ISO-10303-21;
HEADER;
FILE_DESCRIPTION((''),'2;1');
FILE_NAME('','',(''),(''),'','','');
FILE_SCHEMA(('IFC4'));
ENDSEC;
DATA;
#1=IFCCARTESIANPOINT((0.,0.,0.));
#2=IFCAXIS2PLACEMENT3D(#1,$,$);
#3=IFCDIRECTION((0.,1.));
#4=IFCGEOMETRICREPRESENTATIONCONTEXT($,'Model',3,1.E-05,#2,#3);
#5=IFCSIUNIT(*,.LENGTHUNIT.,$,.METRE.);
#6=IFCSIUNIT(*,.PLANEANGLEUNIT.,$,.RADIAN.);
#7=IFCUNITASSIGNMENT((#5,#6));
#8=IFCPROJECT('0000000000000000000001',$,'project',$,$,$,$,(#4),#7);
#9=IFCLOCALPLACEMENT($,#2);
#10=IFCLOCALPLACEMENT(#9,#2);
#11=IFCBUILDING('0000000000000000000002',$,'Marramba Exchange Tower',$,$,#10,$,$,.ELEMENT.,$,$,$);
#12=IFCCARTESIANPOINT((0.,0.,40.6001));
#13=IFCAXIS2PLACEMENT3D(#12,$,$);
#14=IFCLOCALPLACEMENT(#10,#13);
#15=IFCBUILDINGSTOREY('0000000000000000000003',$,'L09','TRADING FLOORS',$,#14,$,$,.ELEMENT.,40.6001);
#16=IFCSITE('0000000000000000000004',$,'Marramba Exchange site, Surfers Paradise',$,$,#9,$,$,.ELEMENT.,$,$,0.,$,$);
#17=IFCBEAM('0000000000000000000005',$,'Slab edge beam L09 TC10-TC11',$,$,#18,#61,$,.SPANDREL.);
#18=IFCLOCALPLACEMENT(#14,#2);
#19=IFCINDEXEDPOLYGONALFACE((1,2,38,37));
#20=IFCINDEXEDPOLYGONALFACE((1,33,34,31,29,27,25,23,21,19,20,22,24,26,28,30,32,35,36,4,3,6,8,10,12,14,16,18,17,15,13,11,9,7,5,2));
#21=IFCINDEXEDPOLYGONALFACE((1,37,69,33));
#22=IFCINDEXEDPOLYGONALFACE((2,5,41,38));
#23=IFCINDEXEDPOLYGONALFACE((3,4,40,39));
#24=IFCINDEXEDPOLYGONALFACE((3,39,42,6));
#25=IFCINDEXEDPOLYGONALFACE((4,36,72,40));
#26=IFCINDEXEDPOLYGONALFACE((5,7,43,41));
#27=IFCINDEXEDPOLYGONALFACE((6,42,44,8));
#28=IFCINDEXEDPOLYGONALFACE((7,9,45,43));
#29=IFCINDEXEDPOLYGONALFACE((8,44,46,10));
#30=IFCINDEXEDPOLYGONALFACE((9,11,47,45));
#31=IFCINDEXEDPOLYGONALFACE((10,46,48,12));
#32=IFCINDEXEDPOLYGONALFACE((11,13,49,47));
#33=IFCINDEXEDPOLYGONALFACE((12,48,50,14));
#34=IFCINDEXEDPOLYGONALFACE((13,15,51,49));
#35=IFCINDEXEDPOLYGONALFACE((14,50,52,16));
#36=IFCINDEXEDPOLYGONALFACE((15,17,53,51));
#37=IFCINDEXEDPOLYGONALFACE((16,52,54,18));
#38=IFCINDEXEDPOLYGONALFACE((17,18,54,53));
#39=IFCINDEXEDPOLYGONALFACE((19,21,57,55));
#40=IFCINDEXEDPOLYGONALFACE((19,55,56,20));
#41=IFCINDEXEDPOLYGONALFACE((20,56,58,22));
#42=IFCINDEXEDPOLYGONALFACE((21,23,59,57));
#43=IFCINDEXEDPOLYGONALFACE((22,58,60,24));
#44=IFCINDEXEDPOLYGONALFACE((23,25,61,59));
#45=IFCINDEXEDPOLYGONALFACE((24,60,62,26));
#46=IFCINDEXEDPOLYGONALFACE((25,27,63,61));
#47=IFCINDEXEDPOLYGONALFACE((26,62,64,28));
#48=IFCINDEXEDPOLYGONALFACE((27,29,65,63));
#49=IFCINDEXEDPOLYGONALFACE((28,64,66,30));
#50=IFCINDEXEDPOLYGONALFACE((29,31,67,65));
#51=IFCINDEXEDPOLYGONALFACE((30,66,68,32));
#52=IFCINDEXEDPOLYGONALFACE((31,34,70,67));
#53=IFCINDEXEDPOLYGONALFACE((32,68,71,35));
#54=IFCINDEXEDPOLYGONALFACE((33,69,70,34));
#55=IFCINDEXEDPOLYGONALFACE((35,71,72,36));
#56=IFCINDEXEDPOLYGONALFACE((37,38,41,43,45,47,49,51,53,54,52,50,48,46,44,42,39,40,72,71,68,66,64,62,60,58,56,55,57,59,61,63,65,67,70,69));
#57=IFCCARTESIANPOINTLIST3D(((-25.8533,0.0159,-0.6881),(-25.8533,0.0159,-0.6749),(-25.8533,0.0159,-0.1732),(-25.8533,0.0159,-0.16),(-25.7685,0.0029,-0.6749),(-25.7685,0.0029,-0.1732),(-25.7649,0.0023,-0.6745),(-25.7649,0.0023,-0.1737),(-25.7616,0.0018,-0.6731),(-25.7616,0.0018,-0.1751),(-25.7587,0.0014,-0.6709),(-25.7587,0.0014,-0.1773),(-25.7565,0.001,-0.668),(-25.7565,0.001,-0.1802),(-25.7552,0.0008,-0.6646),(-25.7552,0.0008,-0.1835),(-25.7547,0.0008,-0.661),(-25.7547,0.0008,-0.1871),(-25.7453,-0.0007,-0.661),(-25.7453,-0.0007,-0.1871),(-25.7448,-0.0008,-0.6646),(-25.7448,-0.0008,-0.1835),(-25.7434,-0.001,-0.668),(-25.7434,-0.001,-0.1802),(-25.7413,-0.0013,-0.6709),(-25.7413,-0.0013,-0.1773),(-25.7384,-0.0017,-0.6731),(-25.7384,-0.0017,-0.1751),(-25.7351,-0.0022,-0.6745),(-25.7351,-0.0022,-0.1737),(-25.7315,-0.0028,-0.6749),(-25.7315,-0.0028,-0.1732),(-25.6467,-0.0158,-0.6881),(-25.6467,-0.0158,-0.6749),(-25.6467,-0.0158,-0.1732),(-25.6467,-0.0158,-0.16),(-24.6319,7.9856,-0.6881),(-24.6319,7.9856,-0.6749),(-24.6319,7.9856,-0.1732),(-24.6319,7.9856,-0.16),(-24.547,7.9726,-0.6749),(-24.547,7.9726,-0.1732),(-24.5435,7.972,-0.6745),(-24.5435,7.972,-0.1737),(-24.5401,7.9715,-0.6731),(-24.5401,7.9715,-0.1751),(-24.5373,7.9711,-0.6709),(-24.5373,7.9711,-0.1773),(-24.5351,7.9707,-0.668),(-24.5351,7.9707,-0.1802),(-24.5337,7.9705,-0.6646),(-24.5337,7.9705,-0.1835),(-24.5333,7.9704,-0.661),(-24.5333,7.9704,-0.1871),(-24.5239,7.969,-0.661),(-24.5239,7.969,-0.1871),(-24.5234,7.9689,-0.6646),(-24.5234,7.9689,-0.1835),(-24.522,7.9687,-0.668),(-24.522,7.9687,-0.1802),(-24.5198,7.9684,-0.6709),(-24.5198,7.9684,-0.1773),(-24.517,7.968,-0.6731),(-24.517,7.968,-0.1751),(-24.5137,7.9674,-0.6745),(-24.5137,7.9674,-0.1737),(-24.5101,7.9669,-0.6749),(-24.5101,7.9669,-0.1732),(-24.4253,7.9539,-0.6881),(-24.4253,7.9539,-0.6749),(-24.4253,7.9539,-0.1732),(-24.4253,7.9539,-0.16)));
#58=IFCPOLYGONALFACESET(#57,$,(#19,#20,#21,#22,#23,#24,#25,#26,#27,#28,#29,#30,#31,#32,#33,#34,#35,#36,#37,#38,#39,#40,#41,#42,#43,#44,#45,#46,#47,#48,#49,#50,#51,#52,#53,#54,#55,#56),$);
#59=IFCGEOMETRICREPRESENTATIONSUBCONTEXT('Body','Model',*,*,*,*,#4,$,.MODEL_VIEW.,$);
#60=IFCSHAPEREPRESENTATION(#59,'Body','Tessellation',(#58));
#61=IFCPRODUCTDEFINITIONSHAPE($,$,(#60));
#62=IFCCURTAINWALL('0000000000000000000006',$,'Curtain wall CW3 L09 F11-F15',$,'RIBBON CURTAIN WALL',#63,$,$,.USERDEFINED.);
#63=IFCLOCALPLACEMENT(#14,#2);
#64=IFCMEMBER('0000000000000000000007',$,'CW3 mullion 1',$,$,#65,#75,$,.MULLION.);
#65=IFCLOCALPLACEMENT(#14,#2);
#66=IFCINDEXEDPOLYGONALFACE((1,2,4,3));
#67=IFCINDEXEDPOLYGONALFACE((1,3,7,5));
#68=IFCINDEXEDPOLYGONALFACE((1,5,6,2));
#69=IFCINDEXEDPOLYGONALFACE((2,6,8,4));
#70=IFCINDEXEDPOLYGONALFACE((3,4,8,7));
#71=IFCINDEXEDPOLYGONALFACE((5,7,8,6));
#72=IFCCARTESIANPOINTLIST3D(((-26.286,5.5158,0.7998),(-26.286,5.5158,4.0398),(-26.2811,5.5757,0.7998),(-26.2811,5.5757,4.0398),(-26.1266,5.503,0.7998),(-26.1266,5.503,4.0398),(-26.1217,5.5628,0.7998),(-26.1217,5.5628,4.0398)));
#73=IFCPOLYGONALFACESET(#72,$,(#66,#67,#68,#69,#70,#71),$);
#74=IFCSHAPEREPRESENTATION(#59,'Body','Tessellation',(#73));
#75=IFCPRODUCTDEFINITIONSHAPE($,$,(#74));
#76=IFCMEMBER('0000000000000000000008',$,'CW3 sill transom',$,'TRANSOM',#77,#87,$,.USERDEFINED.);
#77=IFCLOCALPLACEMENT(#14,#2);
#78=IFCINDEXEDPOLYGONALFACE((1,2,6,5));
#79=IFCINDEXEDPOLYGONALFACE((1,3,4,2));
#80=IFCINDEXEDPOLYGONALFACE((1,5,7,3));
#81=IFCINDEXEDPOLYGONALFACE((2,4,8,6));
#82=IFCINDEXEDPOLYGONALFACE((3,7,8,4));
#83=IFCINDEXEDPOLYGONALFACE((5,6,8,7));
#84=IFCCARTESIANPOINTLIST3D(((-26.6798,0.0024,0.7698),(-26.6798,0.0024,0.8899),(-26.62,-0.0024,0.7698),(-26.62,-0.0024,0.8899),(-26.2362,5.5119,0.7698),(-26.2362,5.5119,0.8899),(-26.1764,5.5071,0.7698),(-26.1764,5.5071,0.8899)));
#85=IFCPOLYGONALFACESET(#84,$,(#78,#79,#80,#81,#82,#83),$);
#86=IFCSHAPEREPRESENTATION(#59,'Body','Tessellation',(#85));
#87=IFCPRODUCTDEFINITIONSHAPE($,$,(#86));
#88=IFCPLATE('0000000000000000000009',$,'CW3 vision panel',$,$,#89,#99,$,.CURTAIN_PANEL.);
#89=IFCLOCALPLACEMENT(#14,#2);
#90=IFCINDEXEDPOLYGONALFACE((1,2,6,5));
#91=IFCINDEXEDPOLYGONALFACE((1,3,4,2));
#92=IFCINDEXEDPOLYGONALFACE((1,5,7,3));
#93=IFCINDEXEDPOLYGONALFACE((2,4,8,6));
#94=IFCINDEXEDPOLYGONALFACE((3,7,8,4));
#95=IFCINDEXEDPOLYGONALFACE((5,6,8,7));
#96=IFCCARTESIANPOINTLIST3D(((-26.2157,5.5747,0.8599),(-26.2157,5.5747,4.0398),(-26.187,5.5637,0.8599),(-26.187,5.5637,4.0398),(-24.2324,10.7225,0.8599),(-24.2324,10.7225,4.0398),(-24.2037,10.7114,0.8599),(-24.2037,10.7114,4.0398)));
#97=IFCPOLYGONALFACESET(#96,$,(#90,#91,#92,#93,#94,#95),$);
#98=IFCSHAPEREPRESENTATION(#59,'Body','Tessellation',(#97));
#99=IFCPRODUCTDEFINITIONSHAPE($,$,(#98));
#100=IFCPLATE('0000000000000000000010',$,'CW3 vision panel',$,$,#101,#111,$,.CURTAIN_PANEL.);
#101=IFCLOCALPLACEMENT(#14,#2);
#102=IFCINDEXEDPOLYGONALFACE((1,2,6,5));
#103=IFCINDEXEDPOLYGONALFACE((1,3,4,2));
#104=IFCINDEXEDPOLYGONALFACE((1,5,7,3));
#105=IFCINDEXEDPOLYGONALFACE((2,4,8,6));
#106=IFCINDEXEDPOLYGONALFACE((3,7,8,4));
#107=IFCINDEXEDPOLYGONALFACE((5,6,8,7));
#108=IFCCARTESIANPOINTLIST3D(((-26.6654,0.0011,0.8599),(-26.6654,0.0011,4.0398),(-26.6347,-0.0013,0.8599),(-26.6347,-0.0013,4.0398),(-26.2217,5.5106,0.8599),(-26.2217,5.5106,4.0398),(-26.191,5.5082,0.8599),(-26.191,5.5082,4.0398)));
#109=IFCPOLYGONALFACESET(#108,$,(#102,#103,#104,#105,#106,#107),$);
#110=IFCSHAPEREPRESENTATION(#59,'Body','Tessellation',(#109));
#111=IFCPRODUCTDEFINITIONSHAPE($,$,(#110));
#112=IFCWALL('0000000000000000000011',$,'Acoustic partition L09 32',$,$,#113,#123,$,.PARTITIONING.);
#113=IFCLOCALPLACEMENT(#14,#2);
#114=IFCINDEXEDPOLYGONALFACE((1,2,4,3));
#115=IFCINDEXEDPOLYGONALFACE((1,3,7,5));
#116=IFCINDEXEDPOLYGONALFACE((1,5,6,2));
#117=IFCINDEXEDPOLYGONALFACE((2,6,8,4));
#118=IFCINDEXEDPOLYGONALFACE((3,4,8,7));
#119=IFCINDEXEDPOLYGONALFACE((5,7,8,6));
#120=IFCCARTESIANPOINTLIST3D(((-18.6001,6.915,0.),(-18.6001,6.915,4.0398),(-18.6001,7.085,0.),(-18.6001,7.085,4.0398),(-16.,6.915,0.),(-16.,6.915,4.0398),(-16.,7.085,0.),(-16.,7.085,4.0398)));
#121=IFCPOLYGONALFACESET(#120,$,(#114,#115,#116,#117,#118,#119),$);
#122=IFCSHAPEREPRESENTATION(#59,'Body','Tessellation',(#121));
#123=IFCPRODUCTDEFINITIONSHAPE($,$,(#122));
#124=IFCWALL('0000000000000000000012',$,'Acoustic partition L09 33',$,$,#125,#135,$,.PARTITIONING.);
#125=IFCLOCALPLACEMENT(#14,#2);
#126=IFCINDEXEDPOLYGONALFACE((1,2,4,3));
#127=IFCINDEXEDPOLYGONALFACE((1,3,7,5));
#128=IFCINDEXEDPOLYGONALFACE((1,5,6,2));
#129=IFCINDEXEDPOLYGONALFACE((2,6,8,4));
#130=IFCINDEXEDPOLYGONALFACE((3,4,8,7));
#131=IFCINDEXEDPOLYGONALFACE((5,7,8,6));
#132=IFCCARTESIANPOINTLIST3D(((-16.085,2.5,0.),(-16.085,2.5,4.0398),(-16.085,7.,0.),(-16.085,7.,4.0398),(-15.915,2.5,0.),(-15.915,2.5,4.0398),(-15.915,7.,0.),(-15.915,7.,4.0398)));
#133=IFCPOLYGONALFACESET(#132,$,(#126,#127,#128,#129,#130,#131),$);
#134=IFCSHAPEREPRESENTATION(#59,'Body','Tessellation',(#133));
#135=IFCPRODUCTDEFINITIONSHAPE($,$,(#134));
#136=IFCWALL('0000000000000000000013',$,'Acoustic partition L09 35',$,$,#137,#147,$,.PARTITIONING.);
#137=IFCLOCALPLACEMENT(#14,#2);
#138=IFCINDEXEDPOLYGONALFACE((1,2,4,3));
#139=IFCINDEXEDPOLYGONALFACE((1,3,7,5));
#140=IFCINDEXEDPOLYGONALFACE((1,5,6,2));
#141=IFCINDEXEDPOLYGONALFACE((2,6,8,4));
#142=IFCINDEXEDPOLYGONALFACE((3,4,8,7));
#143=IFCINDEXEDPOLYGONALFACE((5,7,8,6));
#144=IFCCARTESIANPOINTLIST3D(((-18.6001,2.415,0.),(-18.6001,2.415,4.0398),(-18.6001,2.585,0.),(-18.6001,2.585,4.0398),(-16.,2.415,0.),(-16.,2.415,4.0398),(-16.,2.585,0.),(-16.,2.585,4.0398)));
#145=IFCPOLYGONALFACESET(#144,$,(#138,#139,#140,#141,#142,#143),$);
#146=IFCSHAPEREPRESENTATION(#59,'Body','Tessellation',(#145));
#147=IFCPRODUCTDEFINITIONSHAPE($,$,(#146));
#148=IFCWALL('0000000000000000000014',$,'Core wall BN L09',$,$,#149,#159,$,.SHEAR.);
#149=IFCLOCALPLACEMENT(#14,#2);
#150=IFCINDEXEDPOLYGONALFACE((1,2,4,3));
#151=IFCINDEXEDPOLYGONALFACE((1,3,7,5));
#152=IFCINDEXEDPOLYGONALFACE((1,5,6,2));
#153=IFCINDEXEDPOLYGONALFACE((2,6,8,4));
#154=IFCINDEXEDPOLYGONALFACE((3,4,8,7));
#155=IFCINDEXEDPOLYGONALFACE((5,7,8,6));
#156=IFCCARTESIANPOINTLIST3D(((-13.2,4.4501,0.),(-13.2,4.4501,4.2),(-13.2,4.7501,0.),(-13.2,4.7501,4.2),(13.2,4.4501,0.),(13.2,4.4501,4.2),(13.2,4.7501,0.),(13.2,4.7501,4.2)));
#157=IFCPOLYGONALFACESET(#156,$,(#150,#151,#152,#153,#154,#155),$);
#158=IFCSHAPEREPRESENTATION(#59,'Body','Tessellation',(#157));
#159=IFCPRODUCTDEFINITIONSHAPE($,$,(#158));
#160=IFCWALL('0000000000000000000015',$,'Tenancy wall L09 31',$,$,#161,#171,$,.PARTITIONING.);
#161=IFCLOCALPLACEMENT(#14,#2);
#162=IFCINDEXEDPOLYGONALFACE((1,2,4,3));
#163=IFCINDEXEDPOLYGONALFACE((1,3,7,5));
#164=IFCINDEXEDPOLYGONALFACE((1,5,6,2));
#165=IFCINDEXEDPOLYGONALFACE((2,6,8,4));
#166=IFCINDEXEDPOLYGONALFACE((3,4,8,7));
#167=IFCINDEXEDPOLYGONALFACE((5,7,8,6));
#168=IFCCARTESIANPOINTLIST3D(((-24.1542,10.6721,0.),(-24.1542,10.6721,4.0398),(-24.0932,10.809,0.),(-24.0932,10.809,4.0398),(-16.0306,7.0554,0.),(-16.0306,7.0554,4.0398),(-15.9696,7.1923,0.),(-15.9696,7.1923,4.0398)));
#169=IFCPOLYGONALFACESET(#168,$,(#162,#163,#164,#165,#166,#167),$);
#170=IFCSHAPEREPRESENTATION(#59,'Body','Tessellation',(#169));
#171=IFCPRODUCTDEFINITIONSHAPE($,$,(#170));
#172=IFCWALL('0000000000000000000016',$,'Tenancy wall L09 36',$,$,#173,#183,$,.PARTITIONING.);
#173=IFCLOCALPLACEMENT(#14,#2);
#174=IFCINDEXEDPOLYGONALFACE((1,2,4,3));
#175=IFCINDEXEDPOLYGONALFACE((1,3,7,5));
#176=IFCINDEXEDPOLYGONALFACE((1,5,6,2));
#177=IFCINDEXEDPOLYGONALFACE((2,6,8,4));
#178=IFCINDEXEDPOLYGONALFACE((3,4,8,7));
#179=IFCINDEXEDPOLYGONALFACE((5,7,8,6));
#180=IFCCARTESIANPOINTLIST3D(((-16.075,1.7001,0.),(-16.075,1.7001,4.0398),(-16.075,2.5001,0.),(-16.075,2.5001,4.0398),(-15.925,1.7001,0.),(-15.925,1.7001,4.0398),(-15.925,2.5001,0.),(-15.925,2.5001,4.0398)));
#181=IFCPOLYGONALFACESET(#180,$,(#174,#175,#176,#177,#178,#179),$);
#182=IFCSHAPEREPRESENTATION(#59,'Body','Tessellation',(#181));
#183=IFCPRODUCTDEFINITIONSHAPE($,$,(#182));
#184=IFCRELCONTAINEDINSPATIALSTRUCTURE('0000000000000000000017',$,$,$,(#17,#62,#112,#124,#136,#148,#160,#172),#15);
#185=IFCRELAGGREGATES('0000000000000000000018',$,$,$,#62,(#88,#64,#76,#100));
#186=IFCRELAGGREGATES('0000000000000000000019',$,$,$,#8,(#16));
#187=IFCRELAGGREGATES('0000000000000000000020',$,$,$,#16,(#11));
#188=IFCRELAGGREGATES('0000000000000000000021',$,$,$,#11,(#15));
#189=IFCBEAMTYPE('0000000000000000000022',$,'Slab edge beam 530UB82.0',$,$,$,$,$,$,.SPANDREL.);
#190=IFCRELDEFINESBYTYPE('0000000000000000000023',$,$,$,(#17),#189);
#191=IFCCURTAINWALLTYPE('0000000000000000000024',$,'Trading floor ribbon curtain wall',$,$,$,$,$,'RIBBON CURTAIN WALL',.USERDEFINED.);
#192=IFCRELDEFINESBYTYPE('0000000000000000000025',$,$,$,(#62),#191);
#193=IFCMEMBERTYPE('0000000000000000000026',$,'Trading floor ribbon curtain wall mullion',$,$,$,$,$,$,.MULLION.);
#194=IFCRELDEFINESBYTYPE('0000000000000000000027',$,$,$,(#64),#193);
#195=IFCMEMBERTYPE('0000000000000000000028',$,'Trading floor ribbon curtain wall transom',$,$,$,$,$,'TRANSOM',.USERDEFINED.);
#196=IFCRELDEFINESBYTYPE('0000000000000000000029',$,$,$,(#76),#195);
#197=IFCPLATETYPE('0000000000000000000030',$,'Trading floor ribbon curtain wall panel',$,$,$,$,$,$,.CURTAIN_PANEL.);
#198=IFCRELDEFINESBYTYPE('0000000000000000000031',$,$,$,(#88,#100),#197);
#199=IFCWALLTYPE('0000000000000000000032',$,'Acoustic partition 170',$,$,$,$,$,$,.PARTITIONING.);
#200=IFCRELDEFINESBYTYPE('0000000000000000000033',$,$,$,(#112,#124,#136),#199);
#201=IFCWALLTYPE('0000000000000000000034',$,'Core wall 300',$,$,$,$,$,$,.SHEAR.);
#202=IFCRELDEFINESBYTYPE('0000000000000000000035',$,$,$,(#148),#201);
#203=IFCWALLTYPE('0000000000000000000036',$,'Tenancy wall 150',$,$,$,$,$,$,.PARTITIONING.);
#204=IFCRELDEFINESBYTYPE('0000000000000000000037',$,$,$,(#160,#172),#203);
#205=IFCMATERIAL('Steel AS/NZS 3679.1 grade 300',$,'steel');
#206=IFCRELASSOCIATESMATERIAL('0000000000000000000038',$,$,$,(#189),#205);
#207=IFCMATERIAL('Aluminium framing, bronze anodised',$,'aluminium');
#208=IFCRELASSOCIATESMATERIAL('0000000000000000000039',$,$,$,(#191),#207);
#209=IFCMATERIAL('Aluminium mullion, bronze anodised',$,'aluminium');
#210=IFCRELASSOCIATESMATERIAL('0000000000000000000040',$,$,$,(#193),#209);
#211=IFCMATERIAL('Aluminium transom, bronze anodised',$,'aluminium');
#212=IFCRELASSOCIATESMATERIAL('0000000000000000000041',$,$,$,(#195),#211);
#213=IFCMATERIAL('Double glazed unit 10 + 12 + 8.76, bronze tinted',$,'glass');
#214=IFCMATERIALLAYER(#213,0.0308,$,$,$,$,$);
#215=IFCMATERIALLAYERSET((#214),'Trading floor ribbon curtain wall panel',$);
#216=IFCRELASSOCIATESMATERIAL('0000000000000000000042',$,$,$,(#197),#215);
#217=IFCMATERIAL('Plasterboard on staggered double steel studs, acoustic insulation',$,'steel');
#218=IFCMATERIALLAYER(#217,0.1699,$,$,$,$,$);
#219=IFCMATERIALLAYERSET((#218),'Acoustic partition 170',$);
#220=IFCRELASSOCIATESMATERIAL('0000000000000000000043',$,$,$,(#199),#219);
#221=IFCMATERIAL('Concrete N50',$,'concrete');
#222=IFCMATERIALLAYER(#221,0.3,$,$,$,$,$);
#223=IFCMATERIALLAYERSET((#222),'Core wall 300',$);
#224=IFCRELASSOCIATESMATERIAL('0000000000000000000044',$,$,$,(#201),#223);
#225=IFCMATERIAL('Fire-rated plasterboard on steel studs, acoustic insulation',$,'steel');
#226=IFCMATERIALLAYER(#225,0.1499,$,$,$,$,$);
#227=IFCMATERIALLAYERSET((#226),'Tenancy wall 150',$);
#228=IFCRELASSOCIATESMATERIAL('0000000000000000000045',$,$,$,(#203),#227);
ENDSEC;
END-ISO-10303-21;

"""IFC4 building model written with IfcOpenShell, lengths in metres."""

from ifc_helpers import new_model, si_unit, direction, frame, frame_2d, origin, origin_2d, place, context, subcontext, project, spatial, rectangle, i_section, extrude, material, layer, layer_set, material_profile, profile_set, type_object, element, aggregate, save


model = new_model("IFC4")

# Units and contexts
model_context = context("Model", 3, precision=1e-05, world=origin(), true_north=direction((0.0, 1.0)))
body_context = subcontext(model_context, "Body", "Model", "MODEL_VIEW")
ifc_project = project(units=[si_unit("LENGTHUNIT", "METRE"), si_unit("PLANEANGLEUNIT", "RADIAN")], contexts=[model_context])

# Site, building, storey
site_placement = place(None, origin())
site = spatial("IfcSite", under=ifc_project, at=site_placement, Name="Marramba Exchange site, Surfers Paradise", CompositionType="ELEMENT", RefElevation=0.0)
building_placement = place(site_placement, origin())
building = spatial("IfcBuilding", under=site, at=building_placement, Name="Marramba Exchange Tower", CompositionType="ELEMENT")
storey_placement = place(building_placement, frame((0.0, 0.0, 40.6001)))
storey = spatial("IfcBuildingStorey", under=building, at=storey_placement, Name="L09", Description="TRADING FLOORS", CompositionType="ELEMENT", Elevation=40.6001)

# Shared definitions
ifc_material_1 = material(Name="Concrete N50", Category="concrete")

# Beam
ifc_material_2 = material(Name="Steel AS/NZS 3679.1 grade 300", Category="steel")
ifc_material_profile_1 = material_profile(ifc_material_2, i_section(OverallWidth=0.209, OverallDepth=0.5281, WebThickness=0.0095, FlangeThickness=0.0132, FilletRadius=0.0139, at=origin_2d()), Name="530UB82.0")
ifc_profile_set_1 = profile_set([ifc_material_profile_1], Name="Steel AS/NZS 3679.1 grade 300")
beam_type_1 = type_object("IfcBeamType", Name="Slab edge beam 530UB82.0", PredefinedType="SPANDREL", material=ifc_profile_set_1)
beam_1_placement = place(storey_placement, frame((-24.5286, 7.9697, -0.4241), z_axis=(-0.151491, -0.988459, 0.0), x_axis=(0.988459, -0.151491, 0.0)))
element("IfcBeam", 1, at=beam_1_placement, inside=storey, type_object=beam_type_1, Name="Slab edge beam L09 TC10-TC11", PredefinedType="SPANDREL", context=body_context, shape_type="SweptSolid", body=[
    extrude(i_section(OverallWidth=0.209, OverallDepth=0.5281, WebThickness=0.0095, FlangeThickness=0.0132, FilletRadius=0.0139, at=origin_2d()), origin(), (0.0, 0.0, 1.0), 8.0627),
])

# Curtain wall, members, plates
ifc_material_3 = material(Name="Aluminium framing, bronze anodised", Category="aluminium")
curtain_wall_type = type_object("IfcCurtainWallType", Name="Trading floor ribbon curtain wall", ElementType="RIBBON CURTAIN WALL", PredefinedType="USERDEFINED", material=ifc_material_3)
curtain_wall_placement = place(storey_placement, origin())
curtain_wall = element("IfcCurtainWall", 2, at=curtain_wall_placement, inside=storey, type_object=curtain_wall_type, Name="Curtain wall CW3 L09 F11-F15", ObjectType="RIBBON CURTAIN WALL", PredefinedType="USERDEFINED")
ifc_material_4 = material(Name="Aluminium mullion, bronze anodised", Category="aluminium")
ifc_material_profile_2 = material_profile(ifc_material_4, rectangle(XDim=0.1599, YDim=0.0601, at=origin_2d()), Name="CW3 mullion 60x160")
ifc_profile_set_2 = profile_set([ifc_material_profile_2], Name="Aluminium mullion, bronze anodised")
member_type_1 = type_object("IfcMemberType", Name="Trading floor ribbon curtain wall mullion", PredefinedType="MULLION", material=ifc_profile_set_2)
member_1_placement = place(storey_placement, frame((-26.2039, 5.5393, 0.7998), z_axis=(0.0, 0.0, 1.0), x_axis=(0.996773, -0.080275, 0.0)))
member_1 = element("IfcMember", 3, at=member_1_placement, type_object=member_type_1, Name="CW3 mullion 1", PredefinedType="MULLION", context=body_context, shape_type="SweptSolid", body=[
    extrude(rectangle(XDim=0.1599, YDim=0.0601, at=origin_2d()), origin(), (0.0, 0.0, 1.0), 3.24),
])
ifc_material_5 = material(Name="Aluminium transom, bronze anodised", Category="aluminium")
ifc_material_profile_3 = material_profile(ifc_material_5, rectangle(XDim=0.0601, YDim=0.1201, at=origin_2d()), Name="CW3 transom 60x120")
ifc_profile_set_3 = profile_set([ifc_material_profile_3], Name="Aluminium transom, bronze anodised")
member_type_2 = type_object("IfcMemberType", Name="Trading floor ribbon curtain wall transom", ElementType="TRANSOM", PredefinedType="USERDEFINED", material=ifc_profile_set_3)
member_2_placement = place(storey_placement, frame((-26.2063, 5.5095, 0.8298), z_axis=(-0.080256, -0.996774, 0.0), x_axis=(0.996774, -0.080256, 0.0)))
member_2 = element("IfcMember", 4, at=member_2_placement, type_object=member_type_2, Name="CW3 sill transom", ObjectType="TRANSOM", PredefinedType="USERDEFINED", context=body_context, shape_type="SweptSolid", body=[
    extrude(rectangle(XDim=0.0601, YDim=0.1201, at=origin_2d()), origin(), (0.0, 0.0, 1.0), 5.5273),
])
ifc_material_6 = material(Name="Double glazed unit 10 + 12 + 8.76, bronze tinted", Category="glass")
ifc_layer_1 = layer(ifc_material_6, 0.0308)
ifc_layer_set_1 = layer_set([ifc_layer_1], Name="Trading floor ribbon curtain wall panel")
plate_type = type_object("IfcPlateType", Name="Trading floor ribbon curtain wall panel", PredefinedType="CURTAIN_PANEL", material=ifc_layer_set_1)
plate_1_placement = place(storey_placement, frame((-25.2097, 8.1431, 0.8599), z_axis=(0.0, 0.0, 1.0), x_axis=(-0.359526, -0.933135, 0.0)))
plate_1 = element("IfcPlate", 5, at=plate_1_placement, type_object=plate_type, Name="CW3 vision panel", PredefinedType="CURTAIN_PANEL", context=body_context, shape_type="SweptSolid", body=[
    extrude(rectangle(XDim=5.5166, YDim=0.0308, at=origin_2d()), origin(), (0.0, 0.0, 1.0), 3.1799),
])
plate_2_placement = place(storey_placement, frame((-26.4282, 2.7546, 0.8599), z_axis=(0.0, 0.0, 1.0), x_axis=(-0.080275, -0.996773, 0.0)))
plate_2 = element("IfcPlate", 6, at=plate_2_placement, type_object=plate_type, Name="CW3 vision panel", PredefinedType="CURTAIN_PANEL", context=body_context, shape_type="SweptSolid", body=[
    extrude(rectangle(XDim=5.5273, YDim=0.0308, at=origin_2d()), origin(), (0.0, 0.0, 1.0), 3.1799),
])
aggregate(curtain_wall, [plate_1, member_1, member_2, plate_2])

# Walls
ifc_material_7 = material(Name="Plasterboard on staggered double steel studs, acoustic insulation", Category="steel")
ifc_layer_2 = layer(ifc_material_7, 0.1699)
ifc_layer_set_2 = layer_set([ifc_layer_2], Name="Acoustic partition 170")
wall_type_1 = type_object("IfcWallType", Name="Acoustic partition 170", PredefinedType="PARTITIONING", material=ifc_layer_set_2)
wall_1_placement = place(storey_placement, frame((-16.0, 7.0, 0.0), z_axis=(0.0, 0.0, 1.0), x_axis=(-1.0, 0.0, 0.0)))
element("IfcWall", 7, at=wall_1_placement, inside=storey, type_object=wall_type_1, Name="Acoustic partition L09 32", PredefinedType="PARTITIONING", context=body_context, shape_type="SweptSolid", body=[
    extrude(rectangle(XDim=2.6001, YDim=0.1699, at=frame_2d((1.3, 0.0))), origin(), (0.0, 0.0, 1.0), 4.0398),
])
wall_2_placement = place(storey_placement, frame((-16.0, 2.5, 0.0), z_axis=(0.0, 0.0, 1.0), x_axis=(0.0, 1.0, 0.0)))
element("IfcWall", 8, at=wall_2_placement, inside=storey, type_object=wall_type_1, Name="Acoustic partition L09 33", PredefinedType="PARTITIONING", context=body_context, shape_type="SweptSolid", body=[
    extrude(rectangle(XDim=4.5, YDim=0.1699, at=frame_2d((2.25, 0.0))), origin(), (0.0, 0.0, 1.0), 4.0398),
])

# Walls
wall_3_placement = place(storey_placement, frame((-18.6001, 2.5, 0.0), z_axis=(0.0, 0.0, 1.0), x_axis=(1.0, 0.0, 0.0)))
element("IfcWall", 9, at=wall_3_placement, inside=storey, type_object=wall_type_1, Name="Acoustic partition L09 35", PredefinedType="PARTITIONING", context=body_context, shape_type="SweptSolid", body=[
    extrude(rectangle(XDim=2.6001, YDim=0.1699, at=frame_2d((1.3, 0.0))), origin(), (0.0, 0.0, 1.0), 4.0398),
])
ifc_layer_3 = layer(ifc_material_1, 0.3)
ifc_layer_set_3 = layer_set([ifc_layer_3], Name="Core wall 300")
wall_type_2 = type_object("IfcWallType", Name="Core wall 300", PredefinedType="SHEAR", material=ifc_layer_set_3)
wall_4_placement = place(storey_placement, frame((-13.2, 4.6001, 0.0), z_axis=(0.0, 0.0, 1.0), x_axis=(1.0, 0.0, 0.0)))
element("IfcWall", 10, at=wall_4_placement, inside=storey, type_object=wall_type_2, Name="Core wall BN L09", PredefinedType="SHEAR", context=body_context, shape_type="SweptSolid", body=[
    extrude(rectangle(XDim=26.3999, YDim=0.3, at=frame_2d((13.2, 0.0))), origin(), (0.0, 0.0, 1.0), 4.2),
])
ifc_material_8 = material(Name="Fire-rated plasterboard on steel studs, acoustic insulation", Category="steel")
ifc_layer_4 = layer(ifc_material_8, 0.1499)
ifc_layer_set_4 = layer_set([ifc_layer_4], Name="Tenancy wall 150")
wall_type_3 = type_object("IfcWallType", Name="Tenancy wall 150", PredefinedType="PARTITIONING", material=ifc_layer_set_4)
wall_5_placement = place(storey_placement, frame((-16.0, 7.1238, 0.0), z_axis=(0.0, 0.0, 1.0), x_axis=(-0.913551, 0.406724, 0.0)))
element("IfcWall", 11, at=wall_5_placement, inside=storey, type_object=wall_type_3, Name="Tenancy wall L09 31", PredefinedType="PARTITIONING", context=body_context, shape_type="SweptSolid", body=[
    extrude(rectangle(XDim=8.8923, YDim=0.1499, at=frame_2d((4.4463, 0.0))), origin(), (0.0, 0.0, 1.0), 4.0398),
])
wall_6_placement = place(storey_placement, frame((-16.0, 2.5, 0.0), z_axis=(0.0, 0.0, 1.0), x_axis=(0.0, -1.0, 0.0)))
element("IfcWall", 12, at=wall_6_placement, inside=storey, type_object=wall_type_3, Name="Tenancy wall L09 36", PredefinedType="PARTITIONING", context=body_context, shape_type="SweptSolid", body=[
    extrude(rectangle(XDim=0.8, YDim=0.1499, at=frame_2d((0.3999, 0.0))), origin(), (0.0, 0.0, 1.0), 4.0398),
])

save(model, "model.ifc")
